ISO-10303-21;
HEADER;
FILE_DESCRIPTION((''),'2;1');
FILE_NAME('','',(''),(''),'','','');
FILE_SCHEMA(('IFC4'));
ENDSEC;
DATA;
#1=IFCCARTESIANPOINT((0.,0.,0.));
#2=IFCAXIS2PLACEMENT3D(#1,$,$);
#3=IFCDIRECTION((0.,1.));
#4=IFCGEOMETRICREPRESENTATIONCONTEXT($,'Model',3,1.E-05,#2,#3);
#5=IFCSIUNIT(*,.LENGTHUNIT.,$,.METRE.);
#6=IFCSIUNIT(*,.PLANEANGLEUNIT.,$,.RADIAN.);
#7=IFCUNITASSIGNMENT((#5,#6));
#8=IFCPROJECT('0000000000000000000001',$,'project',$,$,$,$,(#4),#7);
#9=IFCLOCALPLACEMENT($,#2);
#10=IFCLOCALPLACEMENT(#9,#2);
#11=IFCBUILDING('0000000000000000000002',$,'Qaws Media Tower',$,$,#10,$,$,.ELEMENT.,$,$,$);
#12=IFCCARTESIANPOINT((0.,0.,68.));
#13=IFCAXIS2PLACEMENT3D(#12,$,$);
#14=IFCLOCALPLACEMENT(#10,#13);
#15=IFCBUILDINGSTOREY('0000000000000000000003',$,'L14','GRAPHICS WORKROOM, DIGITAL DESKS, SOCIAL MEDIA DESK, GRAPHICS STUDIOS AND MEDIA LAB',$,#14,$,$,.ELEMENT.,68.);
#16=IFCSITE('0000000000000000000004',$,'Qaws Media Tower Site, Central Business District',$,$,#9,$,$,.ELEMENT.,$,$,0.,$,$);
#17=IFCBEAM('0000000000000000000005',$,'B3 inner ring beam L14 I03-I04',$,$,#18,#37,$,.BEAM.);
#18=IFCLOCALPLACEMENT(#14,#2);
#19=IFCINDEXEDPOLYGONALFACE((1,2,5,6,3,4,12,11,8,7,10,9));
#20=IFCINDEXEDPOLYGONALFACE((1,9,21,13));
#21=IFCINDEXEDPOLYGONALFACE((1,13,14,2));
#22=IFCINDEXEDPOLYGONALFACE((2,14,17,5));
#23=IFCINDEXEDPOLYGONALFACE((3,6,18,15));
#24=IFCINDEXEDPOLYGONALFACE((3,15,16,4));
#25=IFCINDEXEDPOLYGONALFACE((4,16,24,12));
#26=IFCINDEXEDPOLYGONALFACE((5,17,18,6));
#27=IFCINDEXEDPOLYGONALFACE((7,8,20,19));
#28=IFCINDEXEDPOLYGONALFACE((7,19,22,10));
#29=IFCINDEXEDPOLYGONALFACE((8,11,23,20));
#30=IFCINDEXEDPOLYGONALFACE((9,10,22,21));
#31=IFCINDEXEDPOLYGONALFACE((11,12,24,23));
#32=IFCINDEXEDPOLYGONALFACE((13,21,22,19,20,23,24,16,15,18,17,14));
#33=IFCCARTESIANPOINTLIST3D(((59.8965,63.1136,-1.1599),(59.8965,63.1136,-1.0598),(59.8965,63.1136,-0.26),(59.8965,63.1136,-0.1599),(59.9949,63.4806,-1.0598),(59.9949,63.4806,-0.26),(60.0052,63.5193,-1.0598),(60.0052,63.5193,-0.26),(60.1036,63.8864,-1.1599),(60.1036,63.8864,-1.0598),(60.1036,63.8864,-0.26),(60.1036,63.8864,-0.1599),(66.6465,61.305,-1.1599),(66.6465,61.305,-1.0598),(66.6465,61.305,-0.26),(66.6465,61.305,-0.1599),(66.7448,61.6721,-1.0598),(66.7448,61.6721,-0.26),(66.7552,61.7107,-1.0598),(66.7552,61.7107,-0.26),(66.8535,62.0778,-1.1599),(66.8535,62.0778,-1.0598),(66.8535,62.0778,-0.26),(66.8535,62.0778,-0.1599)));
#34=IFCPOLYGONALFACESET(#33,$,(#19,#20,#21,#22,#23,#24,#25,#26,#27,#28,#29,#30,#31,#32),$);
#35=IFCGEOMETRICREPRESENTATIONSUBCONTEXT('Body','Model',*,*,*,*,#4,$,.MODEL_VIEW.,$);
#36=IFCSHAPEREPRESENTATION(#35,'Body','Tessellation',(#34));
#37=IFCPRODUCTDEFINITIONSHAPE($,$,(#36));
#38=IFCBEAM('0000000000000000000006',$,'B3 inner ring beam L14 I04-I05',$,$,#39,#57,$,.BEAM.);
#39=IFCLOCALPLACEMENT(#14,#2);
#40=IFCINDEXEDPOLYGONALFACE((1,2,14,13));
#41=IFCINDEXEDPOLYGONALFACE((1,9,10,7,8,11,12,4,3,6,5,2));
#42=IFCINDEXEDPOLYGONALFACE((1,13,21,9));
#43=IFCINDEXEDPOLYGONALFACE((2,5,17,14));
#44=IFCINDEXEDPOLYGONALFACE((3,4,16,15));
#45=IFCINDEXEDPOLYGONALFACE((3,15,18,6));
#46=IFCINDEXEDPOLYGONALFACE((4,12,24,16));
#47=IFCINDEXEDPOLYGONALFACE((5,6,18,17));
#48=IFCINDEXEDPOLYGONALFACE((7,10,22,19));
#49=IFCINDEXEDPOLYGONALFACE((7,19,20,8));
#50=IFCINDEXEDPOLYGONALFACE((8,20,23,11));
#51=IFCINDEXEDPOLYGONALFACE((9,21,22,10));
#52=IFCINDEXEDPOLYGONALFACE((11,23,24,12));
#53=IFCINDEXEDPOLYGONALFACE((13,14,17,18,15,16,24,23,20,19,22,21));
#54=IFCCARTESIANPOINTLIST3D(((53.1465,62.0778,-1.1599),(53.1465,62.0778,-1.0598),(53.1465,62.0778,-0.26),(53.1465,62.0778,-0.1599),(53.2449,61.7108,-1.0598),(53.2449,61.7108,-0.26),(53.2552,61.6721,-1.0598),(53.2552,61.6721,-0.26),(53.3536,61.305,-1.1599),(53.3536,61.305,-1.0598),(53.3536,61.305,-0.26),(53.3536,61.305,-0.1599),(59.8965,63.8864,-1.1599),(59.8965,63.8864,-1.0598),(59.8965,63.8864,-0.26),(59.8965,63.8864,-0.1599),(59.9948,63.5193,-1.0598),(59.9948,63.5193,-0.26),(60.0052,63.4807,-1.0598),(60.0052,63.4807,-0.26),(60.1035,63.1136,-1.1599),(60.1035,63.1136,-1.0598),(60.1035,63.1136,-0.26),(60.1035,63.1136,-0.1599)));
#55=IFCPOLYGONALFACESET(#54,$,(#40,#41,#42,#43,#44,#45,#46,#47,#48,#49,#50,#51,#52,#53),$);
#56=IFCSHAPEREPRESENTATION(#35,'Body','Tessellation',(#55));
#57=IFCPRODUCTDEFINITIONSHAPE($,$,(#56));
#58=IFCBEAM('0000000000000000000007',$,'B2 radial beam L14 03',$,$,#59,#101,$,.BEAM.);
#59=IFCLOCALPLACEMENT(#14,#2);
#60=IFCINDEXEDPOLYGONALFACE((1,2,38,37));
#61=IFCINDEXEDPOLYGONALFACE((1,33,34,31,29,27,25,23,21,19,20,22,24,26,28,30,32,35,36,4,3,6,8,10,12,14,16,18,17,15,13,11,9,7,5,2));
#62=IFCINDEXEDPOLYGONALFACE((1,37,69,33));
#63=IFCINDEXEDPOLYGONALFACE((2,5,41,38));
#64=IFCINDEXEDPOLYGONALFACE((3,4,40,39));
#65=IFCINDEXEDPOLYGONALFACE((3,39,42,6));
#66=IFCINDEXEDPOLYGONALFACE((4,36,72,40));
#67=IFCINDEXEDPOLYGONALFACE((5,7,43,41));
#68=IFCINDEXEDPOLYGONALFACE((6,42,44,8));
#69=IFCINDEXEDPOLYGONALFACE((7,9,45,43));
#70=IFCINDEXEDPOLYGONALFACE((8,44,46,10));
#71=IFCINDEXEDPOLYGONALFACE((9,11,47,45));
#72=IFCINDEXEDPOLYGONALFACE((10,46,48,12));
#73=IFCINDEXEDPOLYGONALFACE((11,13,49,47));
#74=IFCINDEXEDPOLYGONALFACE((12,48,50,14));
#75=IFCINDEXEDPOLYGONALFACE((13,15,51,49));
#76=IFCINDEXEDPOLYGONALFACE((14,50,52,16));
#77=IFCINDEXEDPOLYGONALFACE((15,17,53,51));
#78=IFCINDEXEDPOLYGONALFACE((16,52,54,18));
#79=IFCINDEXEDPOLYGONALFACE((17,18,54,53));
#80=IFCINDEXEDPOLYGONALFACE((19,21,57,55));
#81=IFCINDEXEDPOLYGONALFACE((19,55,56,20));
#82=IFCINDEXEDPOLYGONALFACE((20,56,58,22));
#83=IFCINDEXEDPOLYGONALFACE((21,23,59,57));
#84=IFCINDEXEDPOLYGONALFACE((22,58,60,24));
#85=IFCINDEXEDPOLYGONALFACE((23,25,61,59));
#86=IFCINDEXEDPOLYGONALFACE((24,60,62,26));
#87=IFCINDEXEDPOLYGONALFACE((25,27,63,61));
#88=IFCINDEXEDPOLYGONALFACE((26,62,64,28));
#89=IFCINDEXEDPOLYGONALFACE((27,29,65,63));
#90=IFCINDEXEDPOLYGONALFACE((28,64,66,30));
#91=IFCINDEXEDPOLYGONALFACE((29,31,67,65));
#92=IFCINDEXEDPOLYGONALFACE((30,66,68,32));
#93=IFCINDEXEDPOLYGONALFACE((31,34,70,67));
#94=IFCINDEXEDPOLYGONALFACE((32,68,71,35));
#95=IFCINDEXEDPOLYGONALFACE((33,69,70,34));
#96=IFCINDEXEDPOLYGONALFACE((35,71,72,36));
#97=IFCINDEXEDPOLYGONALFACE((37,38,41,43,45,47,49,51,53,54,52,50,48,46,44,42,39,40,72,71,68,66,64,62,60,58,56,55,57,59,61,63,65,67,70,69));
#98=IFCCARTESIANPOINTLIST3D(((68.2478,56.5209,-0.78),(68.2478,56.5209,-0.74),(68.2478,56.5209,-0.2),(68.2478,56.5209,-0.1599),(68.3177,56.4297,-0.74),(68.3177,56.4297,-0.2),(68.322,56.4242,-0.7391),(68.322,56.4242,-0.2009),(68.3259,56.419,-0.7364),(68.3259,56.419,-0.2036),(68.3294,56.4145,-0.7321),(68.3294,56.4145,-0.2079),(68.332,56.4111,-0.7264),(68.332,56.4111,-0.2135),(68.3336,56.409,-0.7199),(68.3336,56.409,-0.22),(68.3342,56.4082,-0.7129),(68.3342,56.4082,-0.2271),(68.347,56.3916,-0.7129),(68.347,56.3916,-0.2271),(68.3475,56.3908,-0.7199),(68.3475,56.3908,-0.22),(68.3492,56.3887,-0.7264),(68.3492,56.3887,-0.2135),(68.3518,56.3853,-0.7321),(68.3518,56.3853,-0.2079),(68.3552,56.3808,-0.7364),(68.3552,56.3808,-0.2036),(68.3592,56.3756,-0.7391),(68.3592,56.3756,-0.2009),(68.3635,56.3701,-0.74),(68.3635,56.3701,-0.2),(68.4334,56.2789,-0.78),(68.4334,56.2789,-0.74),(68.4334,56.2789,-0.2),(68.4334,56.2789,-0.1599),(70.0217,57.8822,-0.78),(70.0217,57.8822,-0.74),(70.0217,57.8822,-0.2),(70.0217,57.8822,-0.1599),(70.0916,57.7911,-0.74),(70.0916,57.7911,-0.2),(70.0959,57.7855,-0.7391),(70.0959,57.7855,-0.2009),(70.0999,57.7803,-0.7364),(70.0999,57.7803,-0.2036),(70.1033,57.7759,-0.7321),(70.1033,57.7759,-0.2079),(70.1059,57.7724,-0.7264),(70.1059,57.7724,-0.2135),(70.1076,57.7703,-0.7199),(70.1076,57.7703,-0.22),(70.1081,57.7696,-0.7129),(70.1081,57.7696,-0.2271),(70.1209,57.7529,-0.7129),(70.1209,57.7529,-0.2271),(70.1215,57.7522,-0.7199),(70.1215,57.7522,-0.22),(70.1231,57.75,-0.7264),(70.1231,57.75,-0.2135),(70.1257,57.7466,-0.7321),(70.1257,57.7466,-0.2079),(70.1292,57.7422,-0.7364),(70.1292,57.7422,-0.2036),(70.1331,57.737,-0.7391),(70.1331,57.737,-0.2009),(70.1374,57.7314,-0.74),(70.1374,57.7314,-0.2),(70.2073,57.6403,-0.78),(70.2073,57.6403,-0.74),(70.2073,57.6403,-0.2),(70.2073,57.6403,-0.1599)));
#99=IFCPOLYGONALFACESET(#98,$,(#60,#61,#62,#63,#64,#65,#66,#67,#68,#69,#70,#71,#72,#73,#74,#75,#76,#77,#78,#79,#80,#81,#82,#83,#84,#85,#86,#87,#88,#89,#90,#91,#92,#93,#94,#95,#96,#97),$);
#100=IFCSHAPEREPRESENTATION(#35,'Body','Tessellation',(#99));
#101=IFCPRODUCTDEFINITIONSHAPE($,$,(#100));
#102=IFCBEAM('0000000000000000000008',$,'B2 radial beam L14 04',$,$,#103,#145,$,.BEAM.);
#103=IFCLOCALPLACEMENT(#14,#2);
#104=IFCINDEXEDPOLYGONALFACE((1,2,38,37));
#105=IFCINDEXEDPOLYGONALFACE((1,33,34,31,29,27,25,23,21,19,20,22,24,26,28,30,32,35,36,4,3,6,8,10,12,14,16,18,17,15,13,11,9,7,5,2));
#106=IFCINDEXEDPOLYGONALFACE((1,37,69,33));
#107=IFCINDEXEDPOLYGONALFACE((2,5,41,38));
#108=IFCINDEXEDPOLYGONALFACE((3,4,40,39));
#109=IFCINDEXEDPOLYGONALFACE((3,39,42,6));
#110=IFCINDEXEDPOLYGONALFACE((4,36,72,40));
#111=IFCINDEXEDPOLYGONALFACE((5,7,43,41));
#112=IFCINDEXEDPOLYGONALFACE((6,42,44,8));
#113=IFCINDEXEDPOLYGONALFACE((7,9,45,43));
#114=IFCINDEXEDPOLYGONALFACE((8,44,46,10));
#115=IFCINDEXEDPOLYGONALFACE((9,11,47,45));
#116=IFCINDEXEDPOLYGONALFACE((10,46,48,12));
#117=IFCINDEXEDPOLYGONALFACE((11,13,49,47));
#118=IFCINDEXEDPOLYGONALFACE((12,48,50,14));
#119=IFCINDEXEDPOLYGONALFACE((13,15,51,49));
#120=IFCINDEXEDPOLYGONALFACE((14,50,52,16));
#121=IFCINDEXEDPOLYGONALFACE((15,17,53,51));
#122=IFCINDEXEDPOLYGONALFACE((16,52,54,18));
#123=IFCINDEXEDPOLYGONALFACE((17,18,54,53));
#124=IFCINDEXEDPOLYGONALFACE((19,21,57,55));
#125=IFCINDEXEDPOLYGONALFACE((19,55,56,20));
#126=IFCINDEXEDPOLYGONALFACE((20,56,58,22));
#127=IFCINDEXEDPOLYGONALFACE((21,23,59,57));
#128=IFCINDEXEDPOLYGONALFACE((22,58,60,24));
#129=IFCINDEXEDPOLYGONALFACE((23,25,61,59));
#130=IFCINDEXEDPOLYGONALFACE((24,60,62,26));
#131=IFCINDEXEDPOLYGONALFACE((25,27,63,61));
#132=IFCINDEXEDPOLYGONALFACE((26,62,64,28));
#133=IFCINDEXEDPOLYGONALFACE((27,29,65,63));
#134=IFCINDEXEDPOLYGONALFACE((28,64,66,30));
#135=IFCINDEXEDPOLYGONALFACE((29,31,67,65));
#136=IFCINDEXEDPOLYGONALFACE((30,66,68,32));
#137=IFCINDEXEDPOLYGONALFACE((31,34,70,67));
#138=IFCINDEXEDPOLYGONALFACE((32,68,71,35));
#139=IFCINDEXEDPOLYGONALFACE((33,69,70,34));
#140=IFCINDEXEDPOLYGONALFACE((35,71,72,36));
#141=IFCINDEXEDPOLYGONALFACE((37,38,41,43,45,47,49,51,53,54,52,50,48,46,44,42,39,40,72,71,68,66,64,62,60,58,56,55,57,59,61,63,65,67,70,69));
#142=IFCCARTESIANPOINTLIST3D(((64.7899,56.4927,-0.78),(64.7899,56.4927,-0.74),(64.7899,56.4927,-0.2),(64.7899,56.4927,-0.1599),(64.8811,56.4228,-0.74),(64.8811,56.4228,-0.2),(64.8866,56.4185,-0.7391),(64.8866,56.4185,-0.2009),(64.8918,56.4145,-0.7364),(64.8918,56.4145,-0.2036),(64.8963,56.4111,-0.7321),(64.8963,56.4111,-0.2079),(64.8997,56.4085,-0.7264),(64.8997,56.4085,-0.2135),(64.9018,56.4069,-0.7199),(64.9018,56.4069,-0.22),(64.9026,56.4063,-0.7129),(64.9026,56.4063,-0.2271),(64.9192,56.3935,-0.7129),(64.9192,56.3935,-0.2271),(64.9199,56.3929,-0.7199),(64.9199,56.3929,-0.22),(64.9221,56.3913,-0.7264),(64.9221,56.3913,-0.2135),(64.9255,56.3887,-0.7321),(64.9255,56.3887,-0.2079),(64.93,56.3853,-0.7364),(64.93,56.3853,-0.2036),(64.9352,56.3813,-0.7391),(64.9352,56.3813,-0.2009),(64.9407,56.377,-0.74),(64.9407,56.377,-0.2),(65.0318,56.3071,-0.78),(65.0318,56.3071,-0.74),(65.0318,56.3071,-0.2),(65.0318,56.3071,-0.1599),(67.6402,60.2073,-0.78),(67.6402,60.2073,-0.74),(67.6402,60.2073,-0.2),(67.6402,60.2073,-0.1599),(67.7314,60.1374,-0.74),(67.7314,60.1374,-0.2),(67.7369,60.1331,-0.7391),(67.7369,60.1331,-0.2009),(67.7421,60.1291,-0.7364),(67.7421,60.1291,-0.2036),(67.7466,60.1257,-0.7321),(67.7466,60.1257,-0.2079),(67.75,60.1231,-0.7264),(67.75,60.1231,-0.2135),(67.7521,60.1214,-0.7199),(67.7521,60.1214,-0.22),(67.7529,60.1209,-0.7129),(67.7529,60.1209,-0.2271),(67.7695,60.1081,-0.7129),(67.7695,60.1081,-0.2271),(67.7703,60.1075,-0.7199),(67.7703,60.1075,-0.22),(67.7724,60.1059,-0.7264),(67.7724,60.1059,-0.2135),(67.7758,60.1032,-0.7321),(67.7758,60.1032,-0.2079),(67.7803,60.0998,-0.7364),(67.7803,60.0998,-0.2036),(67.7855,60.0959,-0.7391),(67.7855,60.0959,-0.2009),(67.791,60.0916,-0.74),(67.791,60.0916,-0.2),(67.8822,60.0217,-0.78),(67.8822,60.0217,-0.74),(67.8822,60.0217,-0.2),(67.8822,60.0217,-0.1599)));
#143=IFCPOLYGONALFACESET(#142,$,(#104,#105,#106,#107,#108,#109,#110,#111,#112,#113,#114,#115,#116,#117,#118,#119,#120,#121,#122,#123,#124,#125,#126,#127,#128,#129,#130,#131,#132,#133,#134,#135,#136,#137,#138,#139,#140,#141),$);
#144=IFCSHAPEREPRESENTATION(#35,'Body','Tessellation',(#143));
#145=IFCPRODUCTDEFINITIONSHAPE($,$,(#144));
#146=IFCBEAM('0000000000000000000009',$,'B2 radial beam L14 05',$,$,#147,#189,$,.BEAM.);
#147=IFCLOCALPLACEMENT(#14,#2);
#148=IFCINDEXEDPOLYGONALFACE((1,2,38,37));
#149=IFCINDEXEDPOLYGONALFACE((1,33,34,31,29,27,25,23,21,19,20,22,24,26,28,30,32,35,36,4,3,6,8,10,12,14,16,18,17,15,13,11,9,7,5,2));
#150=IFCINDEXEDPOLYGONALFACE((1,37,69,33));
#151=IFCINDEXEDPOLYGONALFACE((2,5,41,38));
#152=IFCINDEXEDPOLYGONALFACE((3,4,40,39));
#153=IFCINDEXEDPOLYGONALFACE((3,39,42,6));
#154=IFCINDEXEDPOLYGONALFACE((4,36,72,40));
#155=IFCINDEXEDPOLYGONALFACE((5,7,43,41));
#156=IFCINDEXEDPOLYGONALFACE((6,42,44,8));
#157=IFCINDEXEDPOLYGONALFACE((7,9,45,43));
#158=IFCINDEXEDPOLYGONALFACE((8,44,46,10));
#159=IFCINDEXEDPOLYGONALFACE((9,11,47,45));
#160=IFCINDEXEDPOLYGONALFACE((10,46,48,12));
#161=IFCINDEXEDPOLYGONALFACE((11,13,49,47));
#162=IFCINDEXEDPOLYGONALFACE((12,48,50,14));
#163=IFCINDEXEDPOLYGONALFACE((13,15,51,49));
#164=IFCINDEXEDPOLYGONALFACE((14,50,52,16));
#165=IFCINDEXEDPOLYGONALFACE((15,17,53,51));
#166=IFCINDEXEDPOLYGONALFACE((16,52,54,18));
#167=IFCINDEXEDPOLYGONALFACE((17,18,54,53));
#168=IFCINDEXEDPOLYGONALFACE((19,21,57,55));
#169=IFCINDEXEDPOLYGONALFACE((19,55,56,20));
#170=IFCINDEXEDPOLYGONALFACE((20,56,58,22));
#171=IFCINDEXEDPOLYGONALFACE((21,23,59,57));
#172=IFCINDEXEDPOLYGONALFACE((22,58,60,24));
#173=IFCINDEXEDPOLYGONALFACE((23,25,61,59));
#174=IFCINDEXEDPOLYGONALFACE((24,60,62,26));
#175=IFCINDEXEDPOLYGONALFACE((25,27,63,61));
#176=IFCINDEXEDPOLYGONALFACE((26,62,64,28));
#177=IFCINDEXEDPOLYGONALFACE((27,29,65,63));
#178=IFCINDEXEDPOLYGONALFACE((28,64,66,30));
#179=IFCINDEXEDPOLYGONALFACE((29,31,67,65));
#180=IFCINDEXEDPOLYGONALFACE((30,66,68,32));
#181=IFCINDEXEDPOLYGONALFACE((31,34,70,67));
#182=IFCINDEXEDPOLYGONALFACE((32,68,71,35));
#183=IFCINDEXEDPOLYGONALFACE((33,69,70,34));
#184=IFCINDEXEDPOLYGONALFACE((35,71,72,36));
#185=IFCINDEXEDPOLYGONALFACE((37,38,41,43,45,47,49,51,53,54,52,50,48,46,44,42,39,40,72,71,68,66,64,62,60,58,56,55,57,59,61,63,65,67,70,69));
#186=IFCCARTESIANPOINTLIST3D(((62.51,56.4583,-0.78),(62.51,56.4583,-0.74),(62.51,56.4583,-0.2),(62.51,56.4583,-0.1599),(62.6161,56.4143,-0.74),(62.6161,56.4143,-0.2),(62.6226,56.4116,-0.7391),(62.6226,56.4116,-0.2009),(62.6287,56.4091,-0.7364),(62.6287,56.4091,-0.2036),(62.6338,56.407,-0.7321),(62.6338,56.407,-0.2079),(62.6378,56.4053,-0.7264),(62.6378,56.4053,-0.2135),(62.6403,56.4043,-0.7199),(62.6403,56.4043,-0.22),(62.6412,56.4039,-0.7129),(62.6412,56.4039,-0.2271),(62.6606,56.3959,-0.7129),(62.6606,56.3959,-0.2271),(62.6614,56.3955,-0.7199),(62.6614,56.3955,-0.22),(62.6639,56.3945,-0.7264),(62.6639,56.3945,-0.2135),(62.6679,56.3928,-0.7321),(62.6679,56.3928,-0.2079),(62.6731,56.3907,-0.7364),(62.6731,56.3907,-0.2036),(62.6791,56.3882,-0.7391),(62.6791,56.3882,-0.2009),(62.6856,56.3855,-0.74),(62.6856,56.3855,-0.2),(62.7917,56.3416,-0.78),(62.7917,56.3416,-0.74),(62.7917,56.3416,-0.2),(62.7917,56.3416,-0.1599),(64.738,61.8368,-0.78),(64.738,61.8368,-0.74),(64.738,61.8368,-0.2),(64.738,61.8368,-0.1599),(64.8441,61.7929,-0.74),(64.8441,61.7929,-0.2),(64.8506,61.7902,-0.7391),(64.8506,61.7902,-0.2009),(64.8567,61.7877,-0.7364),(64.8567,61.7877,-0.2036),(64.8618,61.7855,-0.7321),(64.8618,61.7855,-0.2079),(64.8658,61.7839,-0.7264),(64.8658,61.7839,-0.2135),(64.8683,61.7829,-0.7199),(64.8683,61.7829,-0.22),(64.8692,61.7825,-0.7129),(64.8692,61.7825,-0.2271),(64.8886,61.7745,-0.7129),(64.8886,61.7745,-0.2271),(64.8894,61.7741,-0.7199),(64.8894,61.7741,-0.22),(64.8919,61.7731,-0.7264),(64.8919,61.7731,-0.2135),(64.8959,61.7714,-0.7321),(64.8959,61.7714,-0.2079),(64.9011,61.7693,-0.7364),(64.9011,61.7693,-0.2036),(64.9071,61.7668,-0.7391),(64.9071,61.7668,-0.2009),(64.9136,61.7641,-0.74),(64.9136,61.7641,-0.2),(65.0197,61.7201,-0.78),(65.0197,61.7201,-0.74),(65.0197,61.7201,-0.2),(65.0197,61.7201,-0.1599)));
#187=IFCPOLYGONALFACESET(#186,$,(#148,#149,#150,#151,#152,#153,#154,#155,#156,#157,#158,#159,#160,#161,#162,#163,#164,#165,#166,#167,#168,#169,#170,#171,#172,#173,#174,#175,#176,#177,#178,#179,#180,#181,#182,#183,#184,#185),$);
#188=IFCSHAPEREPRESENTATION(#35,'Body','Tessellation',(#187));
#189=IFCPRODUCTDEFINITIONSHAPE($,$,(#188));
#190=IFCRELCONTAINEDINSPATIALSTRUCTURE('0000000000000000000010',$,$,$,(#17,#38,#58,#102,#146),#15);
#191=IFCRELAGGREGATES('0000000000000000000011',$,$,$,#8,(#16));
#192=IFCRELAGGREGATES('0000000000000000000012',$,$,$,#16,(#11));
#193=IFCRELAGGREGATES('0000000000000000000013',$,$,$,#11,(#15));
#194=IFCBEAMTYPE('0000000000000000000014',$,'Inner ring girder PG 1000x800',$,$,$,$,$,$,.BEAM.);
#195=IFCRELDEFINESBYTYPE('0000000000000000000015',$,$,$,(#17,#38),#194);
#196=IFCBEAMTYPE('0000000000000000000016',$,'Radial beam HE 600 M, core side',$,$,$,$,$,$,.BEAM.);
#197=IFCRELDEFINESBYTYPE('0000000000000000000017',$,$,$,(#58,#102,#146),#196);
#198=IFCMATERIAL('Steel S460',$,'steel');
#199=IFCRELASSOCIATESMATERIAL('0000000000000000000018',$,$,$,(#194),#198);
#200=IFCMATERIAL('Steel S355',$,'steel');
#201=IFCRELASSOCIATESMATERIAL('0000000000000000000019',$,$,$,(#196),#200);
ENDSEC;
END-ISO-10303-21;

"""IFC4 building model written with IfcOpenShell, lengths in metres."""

from ifc_helpers import new_model, si_unit, direction, frame, origin, origin_2d, place, context, subcontext, project, spatial, i_section, extrude, material, material_profile, profile_set, type_object, element, save


model = new_model("IFC4")

# Units and contexts
model_context = context("Model", 3, precision=1e-05, world=origin(), true_north=direction((0.0, 1.0)))
body_context = subcontext(model_context, "Body", "Model", "MODEL_VIEW")
ifc_project = project(units=[si_unit("LENGTHUNIT", "METRE"), si_unit("PLANEANGLEUNIT", "RADIAN")], contexts=[model_context])

# Site, building, storey
site_placement = place(None, origin())
site = spatial("IfcSite", under=ifc_project, at=site_placement, Name="Qaws Media Tower Site, Central Business District", CompositionType="ELEMENT", RefElevation=0.0)
building_placement = place(site_placement, origin())
building = spatial("IfcBuilding", under=site, at=building_placement, Name="Qaws Media Tower", CompositionType="ELEMENT")
storey_placement = place(building_placement, frame((0.0, 0.0, 68.0)))
storey = spatial("IfcBuildingStorey", under=building, at=storey_placement, Name="L14", Description="GRAPHICS WORKROOM, DIGITAL DESKS, SOCIAL MEDIA DESK, GRAPHICS STUDIOS AND MEDIA LAB", CompositionType="ELEMENT", Elevation=68.0)

# Beams
ifc_material_1 = material(Name="Steel S460", Category="steel")
ifc_material_profile_1 = material_profile(ifc_material_1, i_section(OverallWidth=0.8, OverallDepth=1.0, WebThickness=0.04, FlangeThickness=0.1001, at=origin_2d()), Name="PG 1000x800")
ifc_profile_set_1 = profile_set([ifc_material_profile_1], Name="Steel S460")
beam_type_1 = type_object("IfcBeamType", Name="Inner ring girder PG 1000x800", PredefinedType="BEAM", material=ifc_profile_set_1)
for number, where, z_axis, x_axis, name in (
    (1, (66.75, 61.6914, -0.6599), (-0.965928, 0.258811, 0.0), (-0.258811, -0.965928, 0.0), "B3 inner ring beam L14 I03-I04"),
    (2, (60.0, 63.5, -0.6599), (-0.965928, -0.258811, 0.0), (0.258811, -0.965928, 0.0), "B3 inner ring beam L14 I04-I05"),
):
    element("IfcBeam", number, at=place(storey_placement, frame(where, z_axis=z_axis, x_axis=x_axis)), inside=storey, type_object=beam_type_1, Name=name, PredefinedType="BEAM", context=body_context, shape_type="SweptSolid", body=[
        extrude(i_section(OverallWidth=0.8, OverallDepth=1.0, WebThickness=0.04, FlangeThickness=0.1001, at=origin_2d()), origin(), (0.0, 0.0, 1.0), 6.988),
    ])
ifc_material_2 = material(Name="Steel S355", Category="steel")
ifc_material_profile_2 = material_profile(ifc_material_2, i_section(OverallWidth=0.3049, OverallDepth=0.6201, WebThickness=0.021, FlangeThickness=0.04, FilletRadius=0.0271, at=origin_2d()), Name="HE 600 M")
ifc_profile_set_2 = profile_set([ifc_material_profile_2], Name="Steel S355")
beam_type_2 = type_object("IfcBeamType", Name="Radial beam HE 600 M, core side", PredefinedType="BEAM", material=ifc_profile_set_2)
beam_1_placement = place(storey_placement, frame((68.3406, 56.3999, -0.47), z_axis=(0.793322, 0.608803, 0.0), x_axis=(-0.608803, 0.793322, 0.0)))
element("IfcBeam", 3, at=beam_1_placement, inside=storey, type_object=beam_type_2, Name="B2 radial beam L14 03", PredefinedType="BEAM", context=body_context, shape_type="SweptSolid", body=[
    extrude(i_section(OverallWidth=0.3049, OverallDepth=0.6201, WebThickness=0.021, FlangeThickness=0.04, FilletRadius=0.0271, at=origin_2d()), origin(), (0.0, 0.0, 1.0), 2.2361),
])
beam_2_placement = place(storey_placement, frame((64.9109, 56.3999, -0.47), z_axis=(0.608765, 0.79335, 0.0), x_axis=(-0.79335, 0.608765, 0.0)))
element("IfcBeam", 4, at=beam_2_placement, inside=storey, type_object=beam_type_2, Name="B2 radial beam L14 04", PredefinedType="BEAM", context=body_context, shape_type="SweptSolid", body=[
    extrude(i_section(OverallWidth=0.3049, OverallDepth=0.6201, WebThickness=0.021, FlangeThickness=0.04, FilletRadius=0.0271, at=origin_2d()), origin(), (0.0, 0.0, 1.0), 4.6821),
])
beam_3_placement = place(storey_placement, frame((62.6509, 56.3999, -0.47), z_axis=(0.3827, 0.923873, 0.0), x_axis=(-0.923873, 0.3827, 0.0)))
element("IfcBeam", 5, at=beam_3_placement, inside=storey, type_object=beam_type_2, Name="B2 radial beam L14 05", PredefinedType="BEAM", context=body_context, shape_type="SweptSolid", body=[
    extrude(i_section(OverallWidth=0.3049, OverallDepth=0.6201, WebThickness=0.021, FlangeThickness=0.04, FilletRadius=0.0271, at=origin_2d()), origin(), (0.0, 0.0, 1.0), 5.8218),
])

save(model, "model.ifc")
